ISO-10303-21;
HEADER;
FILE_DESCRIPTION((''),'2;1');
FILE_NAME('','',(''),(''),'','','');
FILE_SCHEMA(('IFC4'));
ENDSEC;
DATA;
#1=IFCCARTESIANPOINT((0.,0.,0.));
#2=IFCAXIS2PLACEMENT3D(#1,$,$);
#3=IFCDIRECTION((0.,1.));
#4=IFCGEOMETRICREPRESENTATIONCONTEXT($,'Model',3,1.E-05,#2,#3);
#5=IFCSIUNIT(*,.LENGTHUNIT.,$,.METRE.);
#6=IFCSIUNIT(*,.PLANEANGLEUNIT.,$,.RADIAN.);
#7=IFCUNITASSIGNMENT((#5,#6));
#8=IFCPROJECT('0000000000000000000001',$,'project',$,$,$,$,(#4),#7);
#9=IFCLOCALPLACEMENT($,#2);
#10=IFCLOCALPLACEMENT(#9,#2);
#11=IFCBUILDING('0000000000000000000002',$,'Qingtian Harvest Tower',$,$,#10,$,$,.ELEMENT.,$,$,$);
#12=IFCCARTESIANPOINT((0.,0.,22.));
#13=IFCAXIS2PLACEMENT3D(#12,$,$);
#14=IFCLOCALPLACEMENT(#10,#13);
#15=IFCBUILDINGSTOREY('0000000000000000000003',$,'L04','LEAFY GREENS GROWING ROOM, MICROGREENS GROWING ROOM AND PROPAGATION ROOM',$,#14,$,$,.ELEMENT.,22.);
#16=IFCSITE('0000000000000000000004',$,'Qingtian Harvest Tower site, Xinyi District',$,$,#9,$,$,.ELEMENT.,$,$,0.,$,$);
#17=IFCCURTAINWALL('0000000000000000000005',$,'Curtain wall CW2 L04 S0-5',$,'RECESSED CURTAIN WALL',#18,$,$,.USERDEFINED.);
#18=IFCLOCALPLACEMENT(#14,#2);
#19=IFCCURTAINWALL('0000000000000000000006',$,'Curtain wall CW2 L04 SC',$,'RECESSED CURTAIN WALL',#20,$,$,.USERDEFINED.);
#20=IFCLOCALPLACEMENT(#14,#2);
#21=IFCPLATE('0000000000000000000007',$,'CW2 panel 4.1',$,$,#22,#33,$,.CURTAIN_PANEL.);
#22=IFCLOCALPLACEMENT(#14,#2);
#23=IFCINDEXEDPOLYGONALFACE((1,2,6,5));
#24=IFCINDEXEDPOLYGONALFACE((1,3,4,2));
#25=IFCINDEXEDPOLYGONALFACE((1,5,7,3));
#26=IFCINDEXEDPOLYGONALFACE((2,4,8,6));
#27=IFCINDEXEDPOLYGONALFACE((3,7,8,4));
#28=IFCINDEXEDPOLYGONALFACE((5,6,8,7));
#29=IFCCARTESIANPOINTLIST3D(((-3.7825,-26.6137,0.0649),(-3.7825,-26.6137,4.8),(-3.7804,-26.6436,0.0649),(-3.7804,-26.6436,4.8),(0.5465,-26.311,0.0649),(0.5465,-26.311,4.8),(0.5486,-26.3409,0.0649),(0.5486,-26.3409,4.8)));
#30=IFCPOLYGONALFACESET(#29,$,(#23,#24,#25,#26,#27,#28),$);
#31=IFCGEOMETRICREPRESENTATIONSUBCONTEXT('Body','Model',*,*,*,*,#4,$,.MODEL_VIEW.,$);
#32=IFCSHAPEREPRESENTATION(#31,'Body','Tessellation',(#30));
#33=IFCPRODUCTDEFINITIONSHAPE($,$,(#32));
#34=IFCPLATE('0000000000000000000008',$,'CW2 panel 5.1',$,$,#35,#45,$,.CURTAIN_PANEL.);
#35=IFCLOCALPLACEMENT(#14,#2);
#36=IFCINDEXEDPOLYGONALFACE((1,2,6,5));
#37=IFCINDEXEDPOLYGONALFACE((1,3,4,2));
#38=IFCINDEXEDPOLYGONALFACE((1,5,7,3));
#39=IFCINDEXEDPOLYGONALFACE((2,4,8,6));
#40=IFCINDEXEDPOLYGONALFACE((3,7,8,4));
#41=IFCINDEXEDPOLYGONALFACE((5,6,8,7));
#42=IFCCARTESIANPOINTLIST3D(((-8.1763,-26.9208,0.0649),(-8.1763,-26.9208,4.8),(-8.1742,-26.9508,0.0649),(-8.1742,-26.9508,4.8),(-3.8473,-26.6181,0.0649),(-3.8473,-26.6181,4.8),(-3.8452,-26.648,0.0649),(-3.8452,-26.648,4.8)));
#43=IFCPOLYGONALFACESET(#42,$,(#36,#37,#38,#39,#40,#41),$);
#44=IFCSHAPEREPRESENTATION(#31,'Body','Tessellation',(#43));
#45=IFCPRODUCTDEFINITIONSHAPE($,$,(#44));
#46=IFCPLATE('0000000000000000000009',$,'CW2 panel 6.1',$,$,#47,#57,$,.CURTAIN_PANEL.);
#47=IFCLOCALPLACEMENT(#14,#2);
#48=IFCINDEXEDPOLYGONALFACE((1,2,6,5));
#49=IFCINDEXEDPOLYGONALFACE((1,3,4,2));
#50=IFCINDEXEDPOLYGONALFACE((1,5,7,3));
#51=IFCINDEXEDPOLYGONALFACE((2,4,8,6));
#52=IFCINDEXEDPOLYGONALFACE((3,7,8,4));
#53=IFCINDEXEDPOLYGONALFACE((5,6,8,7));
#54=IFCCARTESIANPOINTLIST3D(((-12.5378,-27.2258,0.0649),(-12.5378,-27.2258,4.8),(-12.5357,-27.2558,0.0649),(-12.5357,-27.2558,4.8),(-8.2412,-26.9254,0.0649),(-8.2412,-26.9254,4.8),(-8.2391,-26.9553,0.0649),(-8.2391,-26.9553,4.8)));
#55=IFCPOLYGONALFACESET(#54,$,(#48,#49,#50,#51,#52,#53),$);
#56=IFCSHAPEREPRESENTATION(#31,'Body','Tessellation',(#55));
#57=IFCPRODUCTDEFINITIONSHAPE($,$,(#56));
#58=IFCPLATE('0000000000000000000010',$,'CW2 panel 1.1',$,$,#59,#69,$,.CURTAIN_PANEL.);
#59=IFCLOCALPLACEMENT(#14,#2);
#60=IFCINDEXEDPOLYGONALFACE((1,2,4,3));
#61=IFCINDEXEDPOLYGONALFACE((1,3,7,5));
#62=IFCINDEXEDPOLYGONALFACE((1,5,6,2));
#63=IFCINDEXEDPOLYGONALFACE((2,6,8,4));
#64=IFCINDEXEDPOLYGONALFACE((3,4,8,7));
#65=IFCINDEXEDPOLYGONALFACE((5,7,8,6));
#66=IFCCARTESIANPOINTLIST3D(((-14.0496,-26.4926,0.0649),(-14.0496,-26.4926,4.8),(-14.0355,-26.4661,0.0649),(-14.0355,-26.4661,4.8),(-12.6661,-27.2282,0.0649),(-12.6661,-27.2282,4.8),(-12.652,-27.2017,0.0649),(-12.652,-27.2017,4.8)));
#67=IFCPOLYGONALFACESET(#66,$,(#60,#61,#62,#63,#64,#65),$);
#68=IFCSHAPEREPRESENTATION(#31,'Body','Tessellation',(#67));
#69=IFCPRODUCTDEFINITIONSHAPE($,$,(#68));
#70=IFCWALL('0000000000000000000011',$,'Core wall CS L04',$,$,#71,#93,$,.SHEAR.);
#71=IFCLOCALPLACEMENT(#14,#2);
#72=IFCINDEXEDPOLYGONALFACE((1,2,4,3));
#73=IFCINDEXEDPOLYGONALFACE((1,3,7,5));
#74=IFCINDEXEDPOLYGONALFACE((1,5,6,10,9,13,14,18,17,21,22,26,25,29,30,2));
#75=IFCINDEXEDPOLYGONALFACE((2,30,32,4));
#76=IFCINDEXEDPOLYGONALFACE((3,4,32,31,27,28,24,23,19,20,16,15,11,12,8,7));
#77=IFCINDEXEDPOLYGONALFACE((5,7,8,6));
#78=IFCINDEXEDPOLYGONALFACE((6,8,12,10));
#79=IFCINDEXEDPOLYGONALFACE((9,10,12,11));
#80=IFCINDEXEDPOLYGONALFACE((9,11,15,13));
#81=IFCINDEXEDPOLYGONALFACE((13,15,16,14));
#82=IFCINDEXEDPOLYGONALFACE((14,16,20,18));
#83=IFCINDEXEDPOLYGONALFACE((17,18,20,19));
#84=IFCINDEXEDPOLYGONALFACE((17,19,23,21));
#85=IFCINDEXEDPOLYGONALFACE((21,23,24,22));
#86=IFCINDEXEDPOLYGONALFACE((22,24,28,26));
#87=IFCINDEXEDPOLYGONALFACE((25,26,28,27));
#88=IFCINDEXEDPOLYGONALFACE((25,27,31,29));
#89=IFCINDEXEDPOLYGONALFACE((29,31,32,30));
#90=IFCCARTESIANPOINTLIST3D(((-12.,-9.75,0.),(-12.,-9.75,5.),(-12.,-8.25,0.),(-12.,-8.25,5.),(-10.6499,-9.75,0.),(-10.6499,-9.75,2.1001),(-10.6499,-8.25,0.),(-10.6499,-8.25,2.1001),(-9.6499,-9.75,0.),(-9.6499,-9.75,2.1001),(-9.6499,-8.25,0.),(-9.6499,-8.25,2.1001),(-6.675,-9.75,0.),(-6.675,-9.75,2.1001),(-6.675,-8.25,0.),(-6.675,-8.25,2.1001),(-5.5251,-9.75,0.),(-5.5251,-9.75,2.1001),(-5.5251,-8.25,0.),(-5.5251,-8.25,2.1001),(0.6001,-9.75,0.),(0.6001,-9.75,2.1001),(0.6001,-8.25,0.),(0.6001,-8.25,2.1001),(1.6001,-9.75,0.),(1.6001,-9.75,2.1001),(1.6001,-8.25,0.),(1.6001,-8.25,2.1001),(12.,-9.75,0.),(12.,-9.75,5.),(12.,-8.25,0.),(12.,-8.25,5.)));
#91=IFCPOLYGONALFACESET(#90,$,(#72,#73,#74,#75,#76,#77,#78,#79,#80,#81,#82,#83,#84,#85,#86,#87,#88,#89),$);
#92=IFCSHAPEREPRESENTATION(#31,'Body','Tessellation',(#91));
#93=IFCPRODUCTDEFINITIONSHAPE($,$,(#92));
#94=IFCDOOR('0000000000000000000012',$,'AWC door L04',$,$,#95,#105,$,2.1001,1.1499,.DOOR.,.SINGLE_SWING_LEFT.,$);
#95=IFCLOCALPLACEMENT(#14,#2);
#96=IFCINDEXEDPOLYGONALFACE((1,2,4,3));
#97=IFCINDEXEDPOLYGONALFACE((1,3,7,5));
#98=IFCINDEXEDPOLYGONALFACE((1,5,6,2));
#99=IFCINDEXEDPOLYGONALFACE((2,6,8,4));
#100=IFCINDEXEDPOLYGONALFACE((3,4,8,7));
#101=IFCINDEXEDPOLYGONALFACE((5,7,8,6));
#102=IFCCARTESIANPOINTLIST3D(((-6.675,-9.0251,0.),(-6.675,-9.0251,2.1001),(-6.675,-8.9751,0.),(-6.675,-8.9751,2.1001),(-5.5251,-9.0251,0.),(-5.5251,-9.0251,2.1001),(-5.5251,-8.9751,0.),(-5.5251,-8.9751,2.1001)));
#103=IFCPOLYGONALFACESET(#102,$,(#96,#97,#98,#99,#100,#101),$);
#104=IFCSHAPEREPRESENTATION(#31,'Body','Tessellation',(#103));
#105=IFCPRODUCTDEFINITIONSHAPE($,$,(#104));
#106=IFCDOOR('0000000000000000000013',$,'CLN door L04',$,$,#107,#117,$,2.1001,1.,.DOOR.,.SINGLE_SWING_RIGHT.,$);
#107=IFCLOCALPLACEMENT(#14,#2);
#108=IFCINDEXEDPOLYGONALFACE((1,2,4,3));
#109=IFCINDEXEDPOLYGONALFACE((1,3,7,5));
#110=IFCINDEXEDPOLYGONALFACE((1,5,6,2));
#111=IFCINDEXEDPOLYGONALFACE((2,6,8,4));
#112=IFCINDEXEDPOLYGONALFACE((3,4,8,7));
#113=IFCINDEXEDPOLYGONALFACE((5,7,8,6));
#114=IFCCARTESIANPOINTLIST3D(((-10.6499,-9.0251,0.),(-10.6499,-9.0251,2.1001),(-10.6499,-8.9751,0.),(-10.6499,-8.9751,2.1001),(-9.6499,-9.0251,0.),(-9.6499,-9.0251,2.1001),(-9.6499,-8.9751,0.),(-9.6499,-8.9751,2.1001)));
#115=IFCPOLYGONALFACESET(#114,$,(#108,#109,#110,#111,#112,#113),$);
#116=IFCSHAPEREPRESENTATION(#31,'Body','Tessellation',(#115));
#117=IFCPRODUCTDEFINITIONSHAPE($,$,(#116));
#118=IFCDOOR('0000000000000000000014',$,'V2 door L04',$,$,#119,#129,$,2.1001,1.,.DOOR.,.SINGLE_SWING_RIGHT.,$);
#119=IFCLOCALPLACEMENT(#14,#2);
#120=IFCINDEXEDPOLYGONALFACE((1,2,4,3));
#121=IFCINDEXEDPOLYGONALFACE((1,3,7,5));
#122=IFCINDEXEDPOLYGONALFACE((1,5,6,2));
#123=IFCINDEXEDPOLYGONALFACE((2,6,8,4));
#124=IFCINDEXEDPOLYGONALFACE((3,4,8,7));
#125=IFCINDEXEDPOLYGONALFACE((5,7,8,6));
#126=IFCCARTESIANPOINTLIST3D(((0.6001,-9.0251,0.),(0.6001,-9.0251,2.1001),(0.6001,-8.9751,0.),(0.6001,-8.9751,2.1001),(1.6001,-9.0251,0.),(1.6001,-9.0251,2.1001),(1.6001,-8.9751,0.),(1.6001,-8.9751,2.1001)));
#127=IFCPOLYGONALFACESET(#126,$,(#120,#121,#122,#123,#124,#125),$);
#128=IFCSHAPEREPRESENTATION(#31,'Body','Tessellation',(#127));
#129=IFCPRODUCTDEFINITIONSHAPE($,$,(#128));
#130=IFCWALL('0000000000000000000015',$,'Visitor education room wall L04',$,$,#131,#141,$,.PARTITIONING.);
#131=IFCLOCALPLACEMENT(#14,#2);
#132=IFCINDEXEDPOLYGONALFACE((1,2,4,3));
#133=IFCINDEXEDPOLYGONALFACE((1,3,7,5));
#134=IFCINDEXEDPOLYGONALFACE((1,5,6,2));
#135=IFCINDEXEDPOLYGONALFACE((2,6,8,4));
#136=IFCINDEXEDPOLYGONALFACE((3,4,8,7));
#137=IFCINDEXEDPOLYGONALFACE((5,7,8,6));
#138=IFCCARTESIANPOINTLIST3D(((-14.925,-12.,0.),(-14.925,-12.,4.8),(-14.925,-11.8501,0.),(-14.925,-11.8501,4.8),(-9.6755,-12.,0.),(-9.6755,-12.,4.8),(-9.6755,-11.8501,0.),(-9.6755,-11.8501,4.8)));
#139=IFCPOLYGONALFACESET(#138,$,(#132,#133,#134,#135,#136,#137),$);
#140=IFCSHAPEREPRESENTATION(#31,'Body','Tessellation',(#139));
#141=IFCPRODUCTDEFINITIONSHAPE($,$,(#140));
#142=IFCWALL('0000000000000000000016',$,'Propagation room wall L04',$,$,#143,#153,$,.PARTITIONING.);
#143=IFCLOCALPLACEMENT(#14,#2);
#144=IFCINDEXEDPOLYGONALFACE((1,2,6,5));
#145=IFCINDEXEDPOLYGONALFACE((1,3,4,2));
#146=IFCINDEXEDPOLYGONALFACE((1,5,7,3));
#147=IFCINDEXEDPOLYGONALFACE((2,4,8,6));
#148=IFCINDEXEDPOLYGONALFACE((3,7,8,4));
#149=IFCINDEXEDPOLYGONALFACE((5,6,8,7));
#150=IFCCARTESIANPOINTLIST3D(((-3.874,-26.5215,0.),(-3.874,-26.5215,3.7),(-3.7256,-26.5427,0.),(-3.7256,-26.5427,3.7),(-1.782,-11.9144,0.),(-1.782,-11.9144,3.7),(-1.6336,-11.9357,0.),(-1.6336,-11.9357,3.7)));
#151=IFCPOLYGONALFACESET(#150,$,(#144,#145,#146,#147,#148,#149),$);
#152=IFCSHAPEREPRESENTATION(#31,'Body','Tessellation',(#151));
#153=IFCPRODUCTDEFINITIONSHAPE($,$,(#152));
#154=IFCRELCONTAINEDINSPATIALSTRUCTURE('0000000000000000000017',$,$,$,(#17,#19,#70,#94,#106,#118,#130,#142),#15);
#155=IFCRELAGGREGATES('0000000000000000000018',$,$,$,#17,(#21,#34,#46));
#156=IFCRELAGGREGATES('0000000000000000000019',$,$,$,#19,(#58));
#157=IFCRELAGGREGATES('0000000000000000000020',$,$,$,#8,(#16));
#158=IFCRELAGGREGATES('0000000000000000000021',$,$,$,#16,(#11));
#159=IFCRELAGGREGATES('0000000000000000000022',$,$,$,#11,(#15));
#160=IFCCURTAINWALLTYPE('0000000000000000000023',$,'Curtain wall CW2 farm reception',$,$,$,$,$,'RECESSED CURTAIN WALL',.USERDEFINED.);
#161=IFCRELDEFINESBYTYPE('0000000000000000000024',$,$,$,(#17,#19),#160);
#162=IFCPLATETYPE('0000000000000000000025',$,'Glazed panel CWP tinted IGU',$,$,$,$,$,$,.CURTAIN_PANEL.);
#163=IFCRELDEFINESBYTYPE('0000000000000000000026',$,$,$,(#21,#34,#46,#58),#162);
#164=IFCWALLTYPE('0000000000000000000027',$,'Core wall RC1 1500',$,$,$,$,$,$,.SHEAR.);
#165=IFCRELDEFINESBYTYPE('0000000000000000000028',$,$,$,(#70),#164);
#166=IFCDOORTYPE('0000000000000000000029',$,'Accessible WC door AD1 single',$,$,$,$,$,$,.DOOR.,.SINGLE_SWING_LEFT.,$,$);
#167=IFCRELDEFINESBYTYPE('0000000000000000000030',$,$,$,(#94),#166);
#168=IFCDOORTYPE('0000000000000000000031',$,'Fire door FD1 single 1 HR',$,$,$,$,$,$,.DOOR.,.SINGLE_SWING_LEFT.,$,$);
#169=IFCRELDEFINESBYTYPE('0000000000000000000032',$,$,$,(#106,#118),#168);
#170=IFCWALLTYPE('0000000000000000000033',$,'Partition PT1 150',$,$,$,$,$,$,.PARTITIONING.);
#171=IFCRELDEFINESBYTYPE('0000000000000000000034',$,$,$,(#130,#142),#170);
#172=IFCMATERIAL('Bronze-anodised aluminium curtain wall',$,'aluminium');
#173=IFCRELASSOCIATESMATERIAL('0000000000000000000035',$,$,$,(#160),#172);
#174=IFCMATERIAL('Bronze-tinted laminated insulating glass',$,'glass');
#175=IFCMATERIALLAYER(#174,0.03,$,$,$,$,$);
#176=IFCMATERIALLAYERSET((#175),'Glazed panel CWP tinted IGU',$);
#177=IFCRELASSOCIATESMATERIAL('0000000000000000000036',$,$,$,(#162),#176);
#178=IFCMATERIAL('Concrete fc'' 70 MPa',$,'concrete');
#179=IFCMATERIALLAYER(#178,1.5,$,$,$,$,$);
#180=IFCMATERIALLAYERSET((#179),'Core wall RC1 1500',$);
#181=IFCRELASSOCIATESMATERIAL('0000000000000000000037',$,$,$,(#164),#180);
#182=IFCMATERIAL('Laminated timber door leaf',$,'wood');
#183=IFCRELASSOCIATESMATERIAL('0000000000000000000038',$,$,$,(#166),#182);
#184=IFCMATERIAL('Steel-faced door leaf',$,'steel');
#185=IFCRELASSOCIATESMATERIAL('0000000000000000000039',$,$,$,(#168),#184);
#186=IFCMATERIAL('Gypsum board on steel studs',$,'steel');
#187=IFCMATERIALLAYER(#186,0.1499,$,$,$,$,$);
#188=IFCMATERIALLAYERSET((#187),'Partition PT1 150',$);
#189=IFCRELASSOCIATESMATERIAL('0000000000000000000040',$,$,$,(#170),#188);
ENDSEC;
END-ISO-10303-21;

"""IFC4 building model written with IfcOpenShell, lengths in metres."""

from ifc_helpers import new_model, si_unit, direction, frame, frame_2d, origin, origin_2d, place, context, subcontext, project, spatial, rectangle, extrude, material, layer, layer_set, type_object, element, fill, aggregate, save


model = new_model("IFC4")

# Units and contexts
model_context = context("Model", 3, precision=1e-05, world=origin(), true_north=direction((0.0, 1.0)))
body_context = subcontext(model_context, "Body", "Model", "MODEL_VIEW")
ifc_project = project(units=[si_unit("LENGTHUNIT", "METRE"), si_unit("PLANEANGLEUNIT", "RADIAN")], contexts=[model_context])

# Site, building, storey
site_placement = place(None, origin())
site = spatial("IfcSite", under=ifc_project, at=site_placement, Name="Qingtian Harvest Tower site, Xinyi District", CompositionType="ELEMENT", RefElevation=0.0)
building_placement = place(site_placement, origin())
building = spatial("IfcBuilding", under=site, at=building_placement, Name="Qingtian Harvest Tower", CompositionType="ELEMENT")
storey_placement = place(building_placement, frame((0.0, 0.0, 22.0)))
storey = spatial("IfcBuildingStorey", under=building, at=storey_placement, Name="L04", Description="LEAFY GREENS GROWING ROOM, MICROGREENS GROWING ROOM AND PROPAGATION ROOM", CompositionType="ELEMENT", Elevation=22.0)

# Curtain walls
ifc_material_1 = material(Name="Bronze-anodised aluminium curtain wall", Category="aluminium")
curtain_wall_type = type_object("IfcCurtainWallType", Name="Curtain wall CW2 farm reception", ElementType="RECESSED CURTAIN WALL", PredefinedType="USERDEFINED", material=ifc_material_1)
curtain_wall_1_placement = place(storey_placement, origin())
curtain_wall_1 = element("IfcCurtainWall", 1, at=curtain_wall_1_placement, inside=storey, type_object=curtain_wall_type, Name="Curtain wall CW2 L04 S0-5", ObjectType="RECESSED CURTAIN WALL", PredefinedType="USERDEFINED")
curtain_wall_2_placement = place(storey_placement, origin())
curtain_wall_2 = element("IfcCurtainWall", 2, at=curtain_wall_2_placement, inside=storey, type_object=curtain_wall_type, Name="Curtain wall CW2 L04 SC", ObjectType="RECESSED CURTAIN WALL", PredefinedType="USERDEFINED")

# Plates
ifc_material_2 = material(Name="Bronze-tinted laminated insulating glass", Category="glass")
ifc_layer_1 = layer(ifc_material_2, 0.03)
ifc_layer_set_1 = layer_set([ifc_layer_1], Name="Glazed panel CWP tinted IGU")
plate_type = type_object("IfcPlateType", Name="Glazed panel CWP tinted IGU", PredefinedType="CURTAIN_PANEL", material=ifc_layer_set_1)
plate_1_placement = place(storey_placement, frame((-1.6169, -26.4773, 0.0649), z_axis=(0.0, 0.0, 1.0), x_axis=(-0.997564, -0.069756, 0.0)))
plate_1 = element("IfcPlate", 3, at=plate_1_placement, type_object=plate_type, Name="CW2 panel 4.1", PredefinedType="CURTAIN_PANEL", context=body_context, shape_type="SweptSolid", body=[
    extrude(rectangle(XDim=4.3396, YDim=0.03, at=origin_2d()), origin(), (0.0, 0.0, 1.0), 4.7351),
])
plate_2_placement = place(storey_placement, frame((-6.0107, -26.7844, 0.0649), z_axis=(0.0, 0.0, 1.0), x_axis=(-0.997564, -0.069756, 0.0)))
plate_2 = element("IfcPlate", 4, at=plate_2_placement, type_object=plate_type, Name="CW2 panel 5.1", PredefinedType="CURTAIN_PANEL", context=body_context, shape_type="SweptSolid", body=[
    extrude(rectangle(XDim=4.3396, YDim=0.03, at=origin_2d()), origin(), (0.0, 0.0, 1.0), 4.7351),
])
plate_3_placement = place(storey_placement, frame((-10.3884, -27.0906, 0.0649), z_axis=(0.0, 0.0, 1.0), x_axis=(-0.997564, -0.069756, 0.0)))
plate_3 = element("IfcPlate", 5, at=plate_3_placement, type_object=plate_type, Name="CW2 panel 6.1", PredefinedType="CURTAIN_PANEL", context=body_context, shape_type="SweptSolid", body=[
    extrude(rectangle(XDim=4.3071, YDim=0.03, at=origin_2d()), origin(), (0.0, 0.0, 1.0), 4.7351),
])
aggregate(curtain_wall_1, [plate_1, plate_2, plate_3])
plate_4_placement = place(storey_placement, frame((-13.3508, -26.8472, 0.0649), z_axis=(0.0, 0.0, 1.0), x_axis=(-0.882948, 0.469472, 0.0)))
plate_4 = element("IfcPlate", 6, at=plate_4_placement, type_object=plate_type, Name="CW2 panel 1.1", PredefinedType="CURTAIN_PANEL", context=body_context, shape_type="SweptSolid", body=[
    extrude(rectangle(XDim=1.5669, YDim=0.03, at=origin_2d()), origin(), (0.0, 0.0, 1.0), 4.7351),
])
aggregate(curtain_wall_2, [plate_4])

# Wall, openings, doors
ifc_material_3 = material(Name="Concrete fc' 70 MPa", Category="concrete")
ifc_layer_2 = layer(ifc_material_3, 1.5)
ifc_layer_set_2 = layer_set([ifc_layer_2], Name="Core wall RC1 1500")
wall_type_1 = type_object("IfcWallType", Name="Core wall RC1 1500", PredefinedType="SHEAR", material=ifc_layer_set_2)
wall_1_placement = place(storey_placement, frame((-12.0, -9.0, 0.0), z_axis=(0.0, 0.0, 1.0), x_axis=(1.0, 0.0, 0.0)))
wall_1 = element("IfcWall", 7, at=wall_1_placement, inside=storey, type_object=wall_type_1, Name="Core wall CS L04", PredefinedType="SHEAR", context=body_context, shape_type="SweptSolid", body=[
    extrude(rectangle(XDim=24.0, YDim=1.5, at=frame_2d((12.0, 0.0))), origin(), (0.0, 0.0, 1.0), 5.0),
])
opening_1_placement = place(wall_1_placement, frame((1.3501, 0.0, 0.0)))
opening_1 = element("IfcOpeningElement", 8, at=opening_1_placement, cuts=wall_1, PredefinedType="OPENING", context=body_context, shape_type="SweptSolid", body=[
    extrude(rectangle(XDim=1.0, YDim=2.1001, at=frame_2d((0.5, 1.05))), frame((0.0, 0.76, 0.0), z_axis=(0.0, -1.0, 0.0), x_axis=(1.0, 0.0, 0.0)), (0.0, 0.0, 1.0), 1.52),
])
opening_2_placement = place(wall_1_placement, frame((5.325, 0.0, 0.0)))
opening_2 = element("IfcOpeningElement", 9, at=opening_2_placement, cuts=wall_1, PredefinedType="OPENING", context=body_context, shape_type="SweptSolid", body=[
    extrude(rectangle(XDim=1.1499, YDim=2.1001, at=frame_2d((0.575, 1.05))), frame((0.0, 0.76, 0.0), z_axis=(0.0, -1.0, 0.0), x_axis=(1.0, 0.0, 0.0)), (0.0, 0.0, 1.0), 1.52),
])
opening_3_placement = place(wall_1_placement, frame((12.6001, 0.0, 0.0)))
opening_3 = element("IfcOpeningElement", 10, at=opening_3_placement, cuts=wall_1, PredefinedType="OPENING", context=body_context, shape_type="SweptSolid", body=[
    extrude(rectangle(XDim=1.0, YDim=2.1001, at=frame_2d((0.5, 1.05))), frame((0.0, 0.76, 0.0), z_axis=(0.0, -1.0, 0.0), x_axis=(1.0, 0.0, 0.0)), (0.0, 0.0, 1.0), 1.52),
])
ifc_material_4 = material(Name="Laminated timber door leaf", Category="wood")
door_type_1 = type_object("IfcDoorType", Name="Accessible WC door AD1 single", OperationType="SINGLE_SWING_LEFT", PredefinedType="DOOR", material=ifc_material_4)
door_1_placement = place(opening_2_placement, origin())
door_1 = element("IfcDoor", 11, at=door_1_placement, inside=storey, type_object=door_type_1, Name="AWC door L04", OperationType="SINGLE_SWING_LEFT", OverallHeight=2.1001, OverallWidth=1.1499, PredefinedType="DOOR", context=body_context, shape_type="SweptSolid", body=[
    extrude(rectangle(XDim=1.1499, YDim=2.1001, at=frame_2d((0.575, 1.05))), frame((0.0, 0.0249, 0.0), z_axis=(0.0, -1.0, 0.0), x_axis=(1.0, 0.0, 0.0)), (0.0, 0.0, 1.0), 0.05),
])
fill(opening_2, door_1)
ifc_material_5 = material(Name="Steel-faced door leaf", Category="steel")
door_type_2 = type_object("IfcDoorType", Name="Fire door FD1 single 1 HR", OperationType="SINGLE_SWING_LEFT", PredefinedType="DOOR", material=ifc_material_5)
door_2_placement = place(opening_1_placement, origin())
door_2 = element("IfcDoor", 12, at=door_2_placement, inside=storey, type_object=door_type_2, Name="CLN door L04", OperationType="SINGLE_SWING_RIGHT", OverallHeight=2.1001, OverallWidth=1.0, PredefinedType="DOOR", context=body_context, shape_type="SweptSolid", body=[
    extrude(rectangle(XDim=1.0, YDim=2.1001, at=frame_2d((0.5, 1.05))), frame((0.0, 0.0249, 0.0), z_axis=(0.0, -1.0, 0.0), x_axis=(1.0, 0.0, 0.0)), (0.0, 0.0, 1.0), 0.05),
])
fill(opening_1, door_2)
door_3_placement = place(opening_3_placement, origin())
door_3 = element("IfcDoor", 13, at=door_3_placement, inside=storey, type_object=door_type_2, Name="V2 door L04", OperationType="SINGLE_SWING_RIGHT", OverallHeight=2.1001, OverallWidth=1.0, PredefinedType="DOOR", context=body_context, shape_type="SweptSolid", body=[
    extrude(rectangle(XDim=1.0, YDim=2.1001, at=frame_2d((0.5, 1.05))), frame((0.0, 0.0249, 0.0), z_axis=(0.0, -1.0, 0.0), x_axis=(1.0, 0.0, 0.0)), (0.0, 0.0, 1.0), 0.05),
])
fill(opening_3, door_3)

# Walls
ifc_material_6 = material(Name="Gypsum board on steel studs", Category="steel")
ifc_layer_3 = layer(ifc_material_6, 0.1499)
ifc_layer_set_3 = layer_set([ifc_layer_3], Name="Partition PT1 150")
wall_type_2 = type_object("IfcWallType", Name="Partition PT1 150", PredefinedType="PARTITIONING", material=ifc_layer_set_3)
wall_2_placement = place(storey_placement, frame((-9.6755, -11.925, 0.0), z_axis=(0.0, 0.0, 1.0), x_axis=(-1.0, 0.0, 0.0)))
element("IfcWall", 14, at=wall_2_placement, inside=storey, type_object=wall_type_2, Name="Visitor education room wall L04", PredefinedType="PARTITIONING", context=body_context, shape_type="SweptSolid", body=[
    extrude(rectangle(XDim=5.2495, YDim=0.1499, at=frame_2d((2.6248, 0.0))), origin(), (0.0, 0.0, 1.0), 4.8),
])
wall_3_placement = place(storey_placement, frame((-3.7998, -26.532, 0.0), z_axis=(0.0, 0.0, 1.0), x_axis=(0.141776, 0.989899, 0.0)))
element("IfcWall", 15, at=wall_3_placement, inside=storey, type_object=wall_type_2, Name="Propagation room wall L04", PredefinedType="PARTITIONING", context=body_context, shape_type="SweptSolid", body=[
    extrude(rectangle(XDim=14.7561, YDim=0.1499, at=frame_2d((7.3779, 0.0))), origin(), (0.0, 0.0, 1.0), 3.7),
])

save(model, "model.ifc")
